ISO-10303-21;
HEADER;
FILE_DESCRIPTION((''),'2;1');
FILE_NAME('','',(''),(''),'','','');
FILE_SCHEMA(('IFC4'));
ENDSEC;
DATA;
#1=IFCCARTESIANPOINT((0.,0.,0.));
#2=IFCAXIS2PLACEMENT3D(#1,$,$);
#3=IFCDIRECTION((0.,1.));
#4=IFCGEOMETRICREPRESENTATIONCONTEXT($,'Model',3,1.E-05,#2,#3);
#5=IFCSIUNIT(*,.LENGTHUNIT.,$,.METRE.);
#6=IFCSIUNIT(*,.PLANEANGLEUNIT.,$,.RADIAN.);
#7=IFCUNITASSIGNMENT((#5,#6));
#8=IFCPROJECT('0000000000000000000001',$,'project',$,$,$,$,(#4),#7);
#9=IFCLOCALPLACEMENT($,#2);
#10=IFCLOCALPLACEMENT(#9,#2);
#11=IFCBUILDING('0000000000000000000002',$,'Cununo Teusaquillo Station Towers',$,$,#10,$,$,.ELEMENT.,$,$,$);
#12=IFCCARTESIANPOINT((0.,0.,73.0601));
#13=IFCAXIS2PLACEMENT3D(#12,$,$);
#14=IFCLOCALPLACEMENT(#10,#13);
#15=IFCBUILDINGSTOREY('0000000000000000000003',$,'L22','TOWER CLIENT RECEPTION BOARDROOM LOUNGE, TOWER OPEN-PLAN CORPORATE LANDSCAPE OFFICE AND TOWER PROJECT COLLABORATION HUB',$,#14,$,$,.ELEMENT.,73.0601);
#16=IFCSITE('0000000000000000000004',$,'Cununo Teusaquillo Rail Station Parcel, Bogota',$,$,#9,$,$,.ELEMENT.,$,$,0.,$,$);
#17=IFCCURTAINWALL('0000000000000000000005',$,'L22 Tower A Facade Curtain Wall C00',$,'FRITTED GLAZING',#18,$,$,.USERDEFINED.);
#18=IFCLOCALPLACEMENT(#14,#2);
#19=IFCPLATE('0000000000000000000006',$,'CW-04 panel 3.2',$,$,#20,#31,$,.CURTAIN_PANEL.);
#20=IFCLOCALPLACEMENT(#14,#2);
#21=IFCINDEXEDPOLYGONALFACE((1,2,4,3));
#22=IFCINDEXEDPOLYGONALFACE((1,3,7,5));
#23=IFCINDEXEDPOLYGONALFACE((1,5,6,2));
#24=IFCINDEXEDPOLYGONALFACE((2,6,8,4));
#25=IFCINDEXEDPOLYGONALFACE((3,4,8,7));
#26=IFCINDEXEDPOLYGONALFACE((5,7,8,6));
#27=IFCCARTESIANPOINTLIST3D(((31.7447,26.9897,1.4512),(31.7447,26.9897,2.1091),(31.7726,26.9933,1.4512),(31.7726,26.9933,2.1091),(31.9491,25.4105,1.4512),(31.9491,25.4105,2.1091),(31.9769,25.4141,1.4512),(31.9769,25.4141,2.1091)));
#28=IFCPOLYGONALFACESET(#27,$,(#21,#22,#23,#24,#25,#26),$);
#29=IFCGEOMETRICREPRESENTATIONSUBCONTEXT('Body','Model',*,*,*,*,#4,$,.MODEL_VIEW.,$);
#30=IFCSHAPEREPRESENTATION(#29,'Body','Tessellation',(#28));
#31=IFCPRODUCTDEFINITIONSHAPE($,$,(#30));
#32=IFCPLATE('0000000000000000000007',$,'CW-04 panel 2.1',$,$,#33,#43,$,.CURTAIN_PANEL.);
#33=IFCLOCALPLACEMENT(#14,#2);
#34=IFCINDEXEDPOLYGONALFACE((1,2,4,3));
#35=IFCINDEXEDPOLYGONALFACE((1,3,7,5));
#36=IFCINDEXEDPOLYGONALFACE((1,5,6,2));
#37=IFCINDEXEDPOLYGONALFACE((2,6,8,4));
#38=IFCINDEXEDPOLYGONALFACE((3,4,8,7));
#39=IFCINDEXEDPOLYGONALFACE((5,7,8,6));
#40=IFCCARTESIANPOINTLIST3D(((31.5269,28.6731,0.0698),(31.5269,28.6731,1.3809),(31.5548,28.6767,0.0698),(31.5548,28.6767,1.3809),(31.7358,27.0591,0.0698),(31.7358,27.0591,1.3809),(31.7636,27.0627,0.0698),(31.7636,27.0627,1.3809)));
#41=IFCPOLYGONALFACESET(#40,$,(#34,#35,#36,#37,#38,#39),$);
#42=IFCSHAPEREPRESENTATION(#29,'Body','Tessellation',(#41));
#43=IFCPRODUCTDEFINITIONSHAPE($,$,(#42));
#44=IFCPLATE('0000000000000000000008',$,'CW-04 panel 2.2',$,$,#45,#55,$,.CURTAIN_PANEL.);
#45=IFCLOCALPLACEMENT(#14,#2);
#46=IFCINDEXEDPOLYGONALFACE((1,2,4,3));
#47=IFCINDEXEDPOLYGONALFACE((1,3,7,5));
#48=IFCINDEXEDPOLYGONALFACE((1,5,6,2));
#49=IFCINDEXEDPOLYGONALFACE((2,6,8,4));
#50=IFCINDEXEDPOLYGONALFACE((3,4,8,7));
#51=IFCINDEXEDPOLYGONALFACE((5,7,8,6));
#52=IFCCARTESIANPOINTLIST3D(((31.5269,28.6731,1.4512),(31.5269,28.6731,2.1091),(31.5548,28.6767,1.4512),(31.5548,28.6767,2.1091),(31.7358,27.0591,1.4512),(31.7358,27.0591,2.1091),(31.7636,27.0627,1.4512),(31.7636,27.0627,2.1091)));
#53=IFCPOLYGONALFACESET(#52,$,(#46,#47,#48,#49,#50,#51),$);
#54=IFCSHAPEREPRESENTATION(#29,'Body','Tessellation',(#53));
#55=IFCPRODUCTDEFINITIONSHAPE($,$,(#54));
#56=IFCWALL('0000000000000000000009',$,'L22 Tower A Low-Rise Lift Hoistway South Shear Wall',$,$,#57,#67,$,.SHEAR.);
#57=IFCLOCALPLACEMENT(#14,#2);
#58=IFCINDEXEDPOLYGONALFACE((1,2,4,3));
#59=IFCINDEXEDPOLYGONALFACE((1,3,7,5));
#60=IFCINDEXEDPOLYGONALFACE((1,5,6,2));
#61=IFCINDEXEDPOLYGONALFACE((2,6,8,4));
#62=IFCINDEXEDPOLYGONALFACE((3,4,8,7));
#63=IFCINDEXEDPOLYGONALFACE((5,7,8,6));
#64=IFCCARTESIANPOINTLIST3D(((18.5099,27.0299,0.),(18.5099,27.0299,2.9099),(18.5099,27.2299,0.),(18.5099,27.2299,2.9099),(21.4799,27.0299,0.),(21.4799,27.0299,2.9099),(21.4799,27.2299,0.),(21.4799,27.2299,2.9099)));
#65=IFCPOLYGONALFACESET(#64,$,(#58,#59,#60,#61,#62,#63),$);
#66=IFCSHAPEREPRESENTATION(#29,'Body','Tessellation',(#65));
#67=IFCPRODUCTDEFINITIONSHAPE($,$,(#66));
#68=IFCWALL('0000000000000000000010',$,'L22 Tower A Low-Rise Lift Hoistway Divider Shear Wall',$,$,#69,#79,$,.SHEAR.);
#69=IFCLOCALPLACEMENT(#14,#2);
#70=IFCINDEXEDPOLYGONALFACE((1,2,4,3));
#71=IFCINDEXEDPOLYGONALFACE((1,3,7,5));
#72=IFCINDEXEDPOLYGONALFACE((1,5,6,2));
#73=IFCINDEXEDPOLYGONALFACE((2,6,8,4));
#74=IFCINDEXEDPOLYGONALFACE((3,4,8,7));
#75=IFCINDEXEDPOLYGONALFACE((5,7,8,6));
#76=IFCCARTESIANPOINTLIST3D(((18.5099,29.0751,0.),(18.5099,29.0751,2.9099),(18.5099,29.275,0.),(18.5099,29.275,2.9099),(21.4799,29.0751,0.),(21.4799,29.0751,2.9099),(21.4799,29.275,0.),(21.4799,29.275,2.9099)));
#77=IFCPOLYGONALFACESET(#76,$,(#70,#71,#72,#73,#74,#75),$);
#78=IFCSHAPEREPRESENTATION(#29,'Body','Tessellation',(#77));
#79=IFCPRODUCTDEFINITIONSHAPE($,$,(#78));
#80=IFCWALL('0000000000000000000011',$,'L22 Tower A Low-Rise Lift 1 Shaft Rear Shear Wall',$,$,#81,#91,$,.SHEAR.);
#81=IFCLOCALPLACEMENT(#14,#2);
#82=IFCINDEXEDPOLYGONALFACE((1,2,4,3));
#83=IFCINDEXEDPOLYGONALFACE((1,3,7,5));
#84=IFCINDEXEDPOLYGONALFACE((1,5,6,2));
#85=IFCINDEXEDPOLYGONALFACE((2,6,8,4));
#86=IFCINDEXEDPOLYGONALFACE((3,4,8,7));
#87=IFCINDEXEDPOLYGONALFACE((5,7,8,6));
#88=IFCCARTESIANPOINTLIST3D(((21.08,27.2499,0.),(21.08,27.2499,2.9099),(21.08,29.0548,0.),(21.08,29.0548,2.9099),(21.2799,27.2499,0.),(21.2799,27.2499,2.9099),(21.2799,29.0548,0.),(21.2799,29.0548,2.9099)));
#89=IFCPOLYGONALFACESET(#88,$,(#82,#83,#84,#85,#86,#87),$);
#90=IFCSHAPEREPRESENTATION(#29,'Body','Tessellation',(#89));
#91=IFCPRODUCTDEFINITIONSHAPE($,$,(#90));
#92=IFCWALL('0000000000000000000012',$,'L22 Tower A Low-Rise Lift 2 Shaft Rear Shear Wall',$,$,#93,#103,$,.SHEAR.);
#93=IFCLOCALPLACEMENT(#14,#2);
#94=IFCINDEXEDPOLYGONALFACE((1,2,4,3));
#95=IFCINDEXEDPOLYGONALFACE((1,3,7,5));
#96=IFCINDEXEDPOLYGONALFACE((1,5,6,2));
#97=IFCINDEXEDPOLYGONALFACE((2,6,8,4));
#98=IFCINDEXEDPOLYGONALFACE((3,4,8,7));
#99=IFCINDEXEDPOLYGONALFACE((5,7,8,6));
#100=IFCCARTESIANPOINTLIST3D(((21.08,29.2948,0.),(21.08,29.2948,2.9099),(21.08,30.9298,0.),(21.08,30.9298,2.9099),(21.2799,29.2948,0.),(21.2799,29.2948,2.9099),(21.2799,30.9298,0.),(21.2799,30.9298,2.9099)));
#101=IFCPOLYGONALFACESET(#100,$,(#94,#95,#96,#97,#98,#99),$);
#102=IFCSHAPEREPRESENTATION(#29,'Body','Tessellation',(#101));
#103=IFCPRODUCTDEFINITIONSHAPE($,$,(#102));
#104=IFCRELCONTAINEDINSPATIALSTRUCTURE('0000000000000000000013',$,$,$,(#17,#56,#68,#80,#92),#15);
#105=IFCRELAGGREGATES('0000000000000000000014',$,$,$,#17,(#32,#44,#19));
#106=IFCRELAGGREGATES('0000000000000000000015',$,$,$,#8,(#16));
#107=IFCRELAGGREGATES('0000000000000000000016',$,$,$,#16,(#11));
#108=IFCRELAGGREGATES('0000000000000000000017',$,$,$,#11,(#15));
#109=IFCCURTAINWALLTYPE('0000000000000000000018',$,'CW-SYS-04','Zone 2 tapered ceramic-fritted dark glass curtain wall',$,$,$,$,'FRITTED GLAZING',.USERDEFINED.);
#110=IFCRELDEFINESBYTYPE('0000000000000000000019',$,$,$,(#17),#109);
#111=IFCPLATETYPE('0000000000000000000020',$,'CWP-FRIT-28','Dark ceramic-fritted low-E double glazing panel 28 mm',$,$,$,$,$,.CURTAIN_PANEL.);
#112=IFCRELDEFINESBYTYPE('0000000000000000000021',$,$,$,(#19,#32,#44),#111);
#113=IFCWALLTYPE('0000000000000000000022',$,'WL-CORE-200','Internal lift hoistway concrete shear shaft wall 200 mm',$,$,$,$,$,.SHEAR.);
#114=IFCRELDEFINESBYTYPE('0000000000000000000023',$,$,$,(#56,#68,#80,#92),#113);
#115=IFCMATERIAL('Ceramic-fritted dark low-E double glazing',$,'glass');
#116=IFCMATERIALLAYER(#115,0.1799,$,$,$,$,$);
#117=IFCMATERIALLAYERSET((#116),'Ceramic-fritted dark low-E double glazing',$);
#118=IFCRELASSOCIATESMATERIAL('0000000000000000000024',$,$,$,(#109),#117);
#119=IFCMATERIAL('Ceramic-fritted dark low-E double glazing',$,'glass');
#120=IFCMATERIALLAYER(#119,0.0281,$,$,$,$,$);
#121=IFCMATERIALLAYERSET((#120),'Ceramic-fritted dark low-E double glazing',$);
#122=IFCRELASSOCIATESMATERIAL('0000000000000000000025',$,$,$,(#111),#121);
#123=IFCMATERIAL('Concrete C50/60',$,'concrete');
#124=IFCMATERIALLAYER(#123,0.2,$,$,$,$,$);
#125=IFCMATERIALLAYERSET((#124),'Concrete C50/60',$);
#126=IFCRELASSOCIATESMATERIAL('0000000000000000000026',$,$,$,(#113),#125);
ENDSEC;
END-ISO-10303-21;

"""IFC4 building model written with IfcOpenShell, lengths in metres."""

from ifc_helpers import new_model, si_unit, direction, frame, frame_2d, origin, origin_2d, place, context, subcontext, project, spatial, rectangle, extrude, source, transform, mapped, material, layer, layer_set, type_object, element, aggregate, save


model = new_model("IFC4")

# Units and contexts
model_context = context("Model", 3, precision=1e-05, world=origin(), true_north=direction((0.0, 1.0)))
body_context = subcontext(model_context, "Body", "Model", "MODEL_VIEW")
ifc_project = project(units=[si_unit("LENGTHUNIT", "METRE"), si_unit("PLANEANGLEUNIT", "RADIAN")], contexts=[model_context])

# Site, building, storey
site_placement = place(None, origin())
site = spatial("IfcSite", under=ifc_project, at=site_placement, Name="Cununo Teusaquillo Rail Station Parcel, Bogota", CompositionType="ELEMENT", RefElevation=0.0)
building_placement = place(site_placement, origin())
building = spatial("IfcBuilding", under=site, at=building_placement, Name="Cununo Teusaquillo Station Towers", CompositionType="ELEMENT")
storey_placement = place(building_placement, frame((0.0, 0.0, 73.0601)))
storey = spatial("IfcBuildingStorey", under=building, at=storey_placement, Name="L22", Description="TOWER CLIENT RECEPTION BOARDROOM LOUNGE, TOWER OPEN-PLAN CORPORATE LANDSCAPE OFFICE AND TOWER PROJECT COLLABORATION HUB", CompositionType="ELEMENT", Elevation=73.0601)

# Curtain wall, plates
ifc_material_1 = material(Name="Ceramic-fritted dark low-E double glazing", Category="glass")
ifc_layer_1 = layer(ifc_material_1, 0.1799)
ifc_layer_set_1 = layer_set([ifc_layer_1], Name="Ceramic-fritted dark low-E double glazing")
curtain_wall_type = type_object("IfcCurtainWallType", Name="CW-SYS-04", Description="Zone 2 tapered ceramic-fritted dark glass curtain wall", ElementType="FRITTED GLAZING", PredefinedType="USERDEFINED", material=ifc_layer_set_1)
curtain_wall_placement = place(storey_placement, origin())
curtain_wall = element("IfcCurtainWall", 1, at=curtain_wall_placement, inside=storey, type_object=curtain_wall_type, Name="L22 Tower A Facade Curtain Wall C00", ObjectType="FRITTED GLAZING", PredefinedType="USERDEFINED")
ifc_material_2 = material(Name="Ceramic-fritted dark low-E double glazing", Category="glass")
ifc_layer_2 = layer(ifc_material_2, 0.0281)
ifc_layer_set_2 = layer_set([ifc_layer_2], Name="Ceramic-fritted dark low-E double glazing")
plate_type = type_object("IfcPlateType", Name="CWP-FRIT-28", Description="Dark ceramic-fritted low-E double glazing panel 28 mm", PredefinedType="CURTAIN_PANEL", material=ifc_layer_set_2)
shared_shape_1 = source(origin(), body_context, "Body", "SweptSolid", [
    extrude(rectangle(XDim=1.5923, YDim=0.0281, at=origin_2d()), origin(), (0.0, 0.0, 1.0), 0.658),
])
plate_1_placement = place(storey_placement, frame((31.8608, 26.2019, 1.4512), z_axis=(0.0, 0.0, 1.0), x_axis=(0.128336, -0.991731, 0.0)))
plate_1 = element("IfcPlate", 2, at=plate_1_placement, type_object=plate_type, Name="CW-04 panel 3.2", PredefinedType="CURTAIN_PANEL", context=body_context, shape_type="MappedRepresentation", body=[
    mapped(shared_shape_1, transform((0.0, 0.0, 0.0), x_axis=(1.0, 0.0, 0.0), y_axis=(0.0, 1.0, 0.0), z_axis=(0.0, 0.0, 1.0), scale=1.0)),
])
shared_shape_2 = source(origin(), body_context, "Body", "SweptSolid", [
    extrude(rectangle(XDim=1.6274, YDim=0.0281, at=origin_2d()), origin(), (0.0, 0.0, 1.0), 1.311),
])
plate_2_placement = place(storey_placement, frame((31.6453, 27.8679, 0.0698), z_axis=(0.0, 0.0, 1.0), x_axis=(0.128336, -0.991731, 0.0)))
plate_2 = element("IfcPlate", 3, at=plate_2_placement, type_object=plate_type, Name="CW-04 panel 2.1", PredefinedType="CURTAIN_PANEL", context=body_context, shape_type="MappedRepresentation", body=[
    mapped(shared_shape_2, transform((0.0, 0.0, 0.0), x_axis=(1.0, 0.0, 0.0), y_axis=(0.0, 1.0, 0.0), z_axis=(0.0, 0.0, 1.0), scale=1.0)),
])
shared_shape_3 = source(origin(), body_context, "Body", "SweptSolid", [
    extrude(rectangle(XDim=1.6274, YDim=0.0281, at=origin_2d()), origin(), (0.0, 0.0, 1.0), 0.658),
])
plate_3_placement = place(storey_placement, frame((31.6453, 27.8679, 1.4512), z_axis=(0.0, 0.0, 1.0), x_axis=(0.128336, -0.991731, 0.0)))
plate_3 = element("IfcPlate", 4, at=plate_3_placement, type_object=plate_type, Name="CW-04 panel 2.2", PredefinedType="CURTAIN_PANEL", context=body_context, shape_type="MappedRepresentation", body=[
    mapped(shared_shape_3, transform((0.0, 0.0, 0.0), x_axis=(1.0, 0.0, 0.0), y_axis=(0.0, 1.0, 0.0), z_axis=(0.0, 0.0, 1.0), scale=1.0)),
])
aggregate(curtain_wall, [plate_2, plate_3, plate_1])

# Walls
ifc_material_3 = material(Name="Concrete C50/60", Category="concrete")
ifc_layer_3 = layer(ifc_material_3, 0.2)
ifc_layer_set_3 = layer_set([ifc_layer_3], Name="Concrete C50/60")
wall_type = type_object("IfcWallType", Name="WL-CORE-200", Description="Internal lift hoistway concrete shear shaft wall 200 mm", PredefinedType="SHEAR", material=ifc_layer_set_3)
for number, where, z_axis, x_axis, name in (
    (5, (18.51, 27.1299, 0.0), (0.0, 0.0, 1.0), (1.0, 0.0, 0.0), "L22 Tower A Low-Rise Lift Hoistway South Shear Wall"),
    (6, (18.51, 29.175, 0.0), (0.0, 0.0, 1.0), (1.0, 0.0, 0.0), "L22 Tower A Low-Rise Lift Hoistway Divider Shear Wall"),
):
    element("IfcWall", number, at=place(storey_placement, frame(where, z_axis=z_axis, x_axis=x_axis)), inside=storey, type_object=wall_type, Name=name, PredefinedType="SHEAR", context=body_context, shape_type="SweptSolid", body=[
        extrude(rectangle(XDim=2.97, YDim=0.2, at=frame_2d((1.4849, 0.0))), origin(), (0.0, 0.0, 1.0), 2.9099),
    ])
wall_1_placement = place(storey_placement, frame((21.1799, 27.25, 0.0), z_axis=(0.0, 0.0, 1.0), x_axis=(0.0, 1.0, 0.0)))
element("IfcWall", 7, at=wall_1_placement, inside=storey, type_object=wall_type, Name="L22 Tower A Low-Rise Lift 1 Shaft Rear Shear Wall", PredefinedType="SHEAR", context=body_context, shape_type="SweptSolid", body=[
    extrude(rectangle(XDim=1.8049, YDim=0.2, at=frame_2d((0.9023, 0.0))), origin(), (0.0, 0.0, 1.0), 2.9099),
])
wall_2_placement = place(storey_placement, frame((21.1799, 29.2949, 0.0), z_axis=(0.0, 0.0, 1.0), x_axis=(0.0, 1.0, 0.0)))
element("IfcWall", 8, at=wall_2_placement, inside=storey, type_object=wall_type, Name="L22 Tower A Low-Rise Lift 2 Shaft Rear Shear Wall", PredefinedType="SHEAR", context=body_context, shape_type="SweptSolid", body=[
    extrude(rectangle(XDim=1.635, YDim=0.2, at=frame_2d((0.8174, 0.0))), origin(), (0.0, 0.0, 1.0), 2.9099),
])

save(model, "model.ifc")
